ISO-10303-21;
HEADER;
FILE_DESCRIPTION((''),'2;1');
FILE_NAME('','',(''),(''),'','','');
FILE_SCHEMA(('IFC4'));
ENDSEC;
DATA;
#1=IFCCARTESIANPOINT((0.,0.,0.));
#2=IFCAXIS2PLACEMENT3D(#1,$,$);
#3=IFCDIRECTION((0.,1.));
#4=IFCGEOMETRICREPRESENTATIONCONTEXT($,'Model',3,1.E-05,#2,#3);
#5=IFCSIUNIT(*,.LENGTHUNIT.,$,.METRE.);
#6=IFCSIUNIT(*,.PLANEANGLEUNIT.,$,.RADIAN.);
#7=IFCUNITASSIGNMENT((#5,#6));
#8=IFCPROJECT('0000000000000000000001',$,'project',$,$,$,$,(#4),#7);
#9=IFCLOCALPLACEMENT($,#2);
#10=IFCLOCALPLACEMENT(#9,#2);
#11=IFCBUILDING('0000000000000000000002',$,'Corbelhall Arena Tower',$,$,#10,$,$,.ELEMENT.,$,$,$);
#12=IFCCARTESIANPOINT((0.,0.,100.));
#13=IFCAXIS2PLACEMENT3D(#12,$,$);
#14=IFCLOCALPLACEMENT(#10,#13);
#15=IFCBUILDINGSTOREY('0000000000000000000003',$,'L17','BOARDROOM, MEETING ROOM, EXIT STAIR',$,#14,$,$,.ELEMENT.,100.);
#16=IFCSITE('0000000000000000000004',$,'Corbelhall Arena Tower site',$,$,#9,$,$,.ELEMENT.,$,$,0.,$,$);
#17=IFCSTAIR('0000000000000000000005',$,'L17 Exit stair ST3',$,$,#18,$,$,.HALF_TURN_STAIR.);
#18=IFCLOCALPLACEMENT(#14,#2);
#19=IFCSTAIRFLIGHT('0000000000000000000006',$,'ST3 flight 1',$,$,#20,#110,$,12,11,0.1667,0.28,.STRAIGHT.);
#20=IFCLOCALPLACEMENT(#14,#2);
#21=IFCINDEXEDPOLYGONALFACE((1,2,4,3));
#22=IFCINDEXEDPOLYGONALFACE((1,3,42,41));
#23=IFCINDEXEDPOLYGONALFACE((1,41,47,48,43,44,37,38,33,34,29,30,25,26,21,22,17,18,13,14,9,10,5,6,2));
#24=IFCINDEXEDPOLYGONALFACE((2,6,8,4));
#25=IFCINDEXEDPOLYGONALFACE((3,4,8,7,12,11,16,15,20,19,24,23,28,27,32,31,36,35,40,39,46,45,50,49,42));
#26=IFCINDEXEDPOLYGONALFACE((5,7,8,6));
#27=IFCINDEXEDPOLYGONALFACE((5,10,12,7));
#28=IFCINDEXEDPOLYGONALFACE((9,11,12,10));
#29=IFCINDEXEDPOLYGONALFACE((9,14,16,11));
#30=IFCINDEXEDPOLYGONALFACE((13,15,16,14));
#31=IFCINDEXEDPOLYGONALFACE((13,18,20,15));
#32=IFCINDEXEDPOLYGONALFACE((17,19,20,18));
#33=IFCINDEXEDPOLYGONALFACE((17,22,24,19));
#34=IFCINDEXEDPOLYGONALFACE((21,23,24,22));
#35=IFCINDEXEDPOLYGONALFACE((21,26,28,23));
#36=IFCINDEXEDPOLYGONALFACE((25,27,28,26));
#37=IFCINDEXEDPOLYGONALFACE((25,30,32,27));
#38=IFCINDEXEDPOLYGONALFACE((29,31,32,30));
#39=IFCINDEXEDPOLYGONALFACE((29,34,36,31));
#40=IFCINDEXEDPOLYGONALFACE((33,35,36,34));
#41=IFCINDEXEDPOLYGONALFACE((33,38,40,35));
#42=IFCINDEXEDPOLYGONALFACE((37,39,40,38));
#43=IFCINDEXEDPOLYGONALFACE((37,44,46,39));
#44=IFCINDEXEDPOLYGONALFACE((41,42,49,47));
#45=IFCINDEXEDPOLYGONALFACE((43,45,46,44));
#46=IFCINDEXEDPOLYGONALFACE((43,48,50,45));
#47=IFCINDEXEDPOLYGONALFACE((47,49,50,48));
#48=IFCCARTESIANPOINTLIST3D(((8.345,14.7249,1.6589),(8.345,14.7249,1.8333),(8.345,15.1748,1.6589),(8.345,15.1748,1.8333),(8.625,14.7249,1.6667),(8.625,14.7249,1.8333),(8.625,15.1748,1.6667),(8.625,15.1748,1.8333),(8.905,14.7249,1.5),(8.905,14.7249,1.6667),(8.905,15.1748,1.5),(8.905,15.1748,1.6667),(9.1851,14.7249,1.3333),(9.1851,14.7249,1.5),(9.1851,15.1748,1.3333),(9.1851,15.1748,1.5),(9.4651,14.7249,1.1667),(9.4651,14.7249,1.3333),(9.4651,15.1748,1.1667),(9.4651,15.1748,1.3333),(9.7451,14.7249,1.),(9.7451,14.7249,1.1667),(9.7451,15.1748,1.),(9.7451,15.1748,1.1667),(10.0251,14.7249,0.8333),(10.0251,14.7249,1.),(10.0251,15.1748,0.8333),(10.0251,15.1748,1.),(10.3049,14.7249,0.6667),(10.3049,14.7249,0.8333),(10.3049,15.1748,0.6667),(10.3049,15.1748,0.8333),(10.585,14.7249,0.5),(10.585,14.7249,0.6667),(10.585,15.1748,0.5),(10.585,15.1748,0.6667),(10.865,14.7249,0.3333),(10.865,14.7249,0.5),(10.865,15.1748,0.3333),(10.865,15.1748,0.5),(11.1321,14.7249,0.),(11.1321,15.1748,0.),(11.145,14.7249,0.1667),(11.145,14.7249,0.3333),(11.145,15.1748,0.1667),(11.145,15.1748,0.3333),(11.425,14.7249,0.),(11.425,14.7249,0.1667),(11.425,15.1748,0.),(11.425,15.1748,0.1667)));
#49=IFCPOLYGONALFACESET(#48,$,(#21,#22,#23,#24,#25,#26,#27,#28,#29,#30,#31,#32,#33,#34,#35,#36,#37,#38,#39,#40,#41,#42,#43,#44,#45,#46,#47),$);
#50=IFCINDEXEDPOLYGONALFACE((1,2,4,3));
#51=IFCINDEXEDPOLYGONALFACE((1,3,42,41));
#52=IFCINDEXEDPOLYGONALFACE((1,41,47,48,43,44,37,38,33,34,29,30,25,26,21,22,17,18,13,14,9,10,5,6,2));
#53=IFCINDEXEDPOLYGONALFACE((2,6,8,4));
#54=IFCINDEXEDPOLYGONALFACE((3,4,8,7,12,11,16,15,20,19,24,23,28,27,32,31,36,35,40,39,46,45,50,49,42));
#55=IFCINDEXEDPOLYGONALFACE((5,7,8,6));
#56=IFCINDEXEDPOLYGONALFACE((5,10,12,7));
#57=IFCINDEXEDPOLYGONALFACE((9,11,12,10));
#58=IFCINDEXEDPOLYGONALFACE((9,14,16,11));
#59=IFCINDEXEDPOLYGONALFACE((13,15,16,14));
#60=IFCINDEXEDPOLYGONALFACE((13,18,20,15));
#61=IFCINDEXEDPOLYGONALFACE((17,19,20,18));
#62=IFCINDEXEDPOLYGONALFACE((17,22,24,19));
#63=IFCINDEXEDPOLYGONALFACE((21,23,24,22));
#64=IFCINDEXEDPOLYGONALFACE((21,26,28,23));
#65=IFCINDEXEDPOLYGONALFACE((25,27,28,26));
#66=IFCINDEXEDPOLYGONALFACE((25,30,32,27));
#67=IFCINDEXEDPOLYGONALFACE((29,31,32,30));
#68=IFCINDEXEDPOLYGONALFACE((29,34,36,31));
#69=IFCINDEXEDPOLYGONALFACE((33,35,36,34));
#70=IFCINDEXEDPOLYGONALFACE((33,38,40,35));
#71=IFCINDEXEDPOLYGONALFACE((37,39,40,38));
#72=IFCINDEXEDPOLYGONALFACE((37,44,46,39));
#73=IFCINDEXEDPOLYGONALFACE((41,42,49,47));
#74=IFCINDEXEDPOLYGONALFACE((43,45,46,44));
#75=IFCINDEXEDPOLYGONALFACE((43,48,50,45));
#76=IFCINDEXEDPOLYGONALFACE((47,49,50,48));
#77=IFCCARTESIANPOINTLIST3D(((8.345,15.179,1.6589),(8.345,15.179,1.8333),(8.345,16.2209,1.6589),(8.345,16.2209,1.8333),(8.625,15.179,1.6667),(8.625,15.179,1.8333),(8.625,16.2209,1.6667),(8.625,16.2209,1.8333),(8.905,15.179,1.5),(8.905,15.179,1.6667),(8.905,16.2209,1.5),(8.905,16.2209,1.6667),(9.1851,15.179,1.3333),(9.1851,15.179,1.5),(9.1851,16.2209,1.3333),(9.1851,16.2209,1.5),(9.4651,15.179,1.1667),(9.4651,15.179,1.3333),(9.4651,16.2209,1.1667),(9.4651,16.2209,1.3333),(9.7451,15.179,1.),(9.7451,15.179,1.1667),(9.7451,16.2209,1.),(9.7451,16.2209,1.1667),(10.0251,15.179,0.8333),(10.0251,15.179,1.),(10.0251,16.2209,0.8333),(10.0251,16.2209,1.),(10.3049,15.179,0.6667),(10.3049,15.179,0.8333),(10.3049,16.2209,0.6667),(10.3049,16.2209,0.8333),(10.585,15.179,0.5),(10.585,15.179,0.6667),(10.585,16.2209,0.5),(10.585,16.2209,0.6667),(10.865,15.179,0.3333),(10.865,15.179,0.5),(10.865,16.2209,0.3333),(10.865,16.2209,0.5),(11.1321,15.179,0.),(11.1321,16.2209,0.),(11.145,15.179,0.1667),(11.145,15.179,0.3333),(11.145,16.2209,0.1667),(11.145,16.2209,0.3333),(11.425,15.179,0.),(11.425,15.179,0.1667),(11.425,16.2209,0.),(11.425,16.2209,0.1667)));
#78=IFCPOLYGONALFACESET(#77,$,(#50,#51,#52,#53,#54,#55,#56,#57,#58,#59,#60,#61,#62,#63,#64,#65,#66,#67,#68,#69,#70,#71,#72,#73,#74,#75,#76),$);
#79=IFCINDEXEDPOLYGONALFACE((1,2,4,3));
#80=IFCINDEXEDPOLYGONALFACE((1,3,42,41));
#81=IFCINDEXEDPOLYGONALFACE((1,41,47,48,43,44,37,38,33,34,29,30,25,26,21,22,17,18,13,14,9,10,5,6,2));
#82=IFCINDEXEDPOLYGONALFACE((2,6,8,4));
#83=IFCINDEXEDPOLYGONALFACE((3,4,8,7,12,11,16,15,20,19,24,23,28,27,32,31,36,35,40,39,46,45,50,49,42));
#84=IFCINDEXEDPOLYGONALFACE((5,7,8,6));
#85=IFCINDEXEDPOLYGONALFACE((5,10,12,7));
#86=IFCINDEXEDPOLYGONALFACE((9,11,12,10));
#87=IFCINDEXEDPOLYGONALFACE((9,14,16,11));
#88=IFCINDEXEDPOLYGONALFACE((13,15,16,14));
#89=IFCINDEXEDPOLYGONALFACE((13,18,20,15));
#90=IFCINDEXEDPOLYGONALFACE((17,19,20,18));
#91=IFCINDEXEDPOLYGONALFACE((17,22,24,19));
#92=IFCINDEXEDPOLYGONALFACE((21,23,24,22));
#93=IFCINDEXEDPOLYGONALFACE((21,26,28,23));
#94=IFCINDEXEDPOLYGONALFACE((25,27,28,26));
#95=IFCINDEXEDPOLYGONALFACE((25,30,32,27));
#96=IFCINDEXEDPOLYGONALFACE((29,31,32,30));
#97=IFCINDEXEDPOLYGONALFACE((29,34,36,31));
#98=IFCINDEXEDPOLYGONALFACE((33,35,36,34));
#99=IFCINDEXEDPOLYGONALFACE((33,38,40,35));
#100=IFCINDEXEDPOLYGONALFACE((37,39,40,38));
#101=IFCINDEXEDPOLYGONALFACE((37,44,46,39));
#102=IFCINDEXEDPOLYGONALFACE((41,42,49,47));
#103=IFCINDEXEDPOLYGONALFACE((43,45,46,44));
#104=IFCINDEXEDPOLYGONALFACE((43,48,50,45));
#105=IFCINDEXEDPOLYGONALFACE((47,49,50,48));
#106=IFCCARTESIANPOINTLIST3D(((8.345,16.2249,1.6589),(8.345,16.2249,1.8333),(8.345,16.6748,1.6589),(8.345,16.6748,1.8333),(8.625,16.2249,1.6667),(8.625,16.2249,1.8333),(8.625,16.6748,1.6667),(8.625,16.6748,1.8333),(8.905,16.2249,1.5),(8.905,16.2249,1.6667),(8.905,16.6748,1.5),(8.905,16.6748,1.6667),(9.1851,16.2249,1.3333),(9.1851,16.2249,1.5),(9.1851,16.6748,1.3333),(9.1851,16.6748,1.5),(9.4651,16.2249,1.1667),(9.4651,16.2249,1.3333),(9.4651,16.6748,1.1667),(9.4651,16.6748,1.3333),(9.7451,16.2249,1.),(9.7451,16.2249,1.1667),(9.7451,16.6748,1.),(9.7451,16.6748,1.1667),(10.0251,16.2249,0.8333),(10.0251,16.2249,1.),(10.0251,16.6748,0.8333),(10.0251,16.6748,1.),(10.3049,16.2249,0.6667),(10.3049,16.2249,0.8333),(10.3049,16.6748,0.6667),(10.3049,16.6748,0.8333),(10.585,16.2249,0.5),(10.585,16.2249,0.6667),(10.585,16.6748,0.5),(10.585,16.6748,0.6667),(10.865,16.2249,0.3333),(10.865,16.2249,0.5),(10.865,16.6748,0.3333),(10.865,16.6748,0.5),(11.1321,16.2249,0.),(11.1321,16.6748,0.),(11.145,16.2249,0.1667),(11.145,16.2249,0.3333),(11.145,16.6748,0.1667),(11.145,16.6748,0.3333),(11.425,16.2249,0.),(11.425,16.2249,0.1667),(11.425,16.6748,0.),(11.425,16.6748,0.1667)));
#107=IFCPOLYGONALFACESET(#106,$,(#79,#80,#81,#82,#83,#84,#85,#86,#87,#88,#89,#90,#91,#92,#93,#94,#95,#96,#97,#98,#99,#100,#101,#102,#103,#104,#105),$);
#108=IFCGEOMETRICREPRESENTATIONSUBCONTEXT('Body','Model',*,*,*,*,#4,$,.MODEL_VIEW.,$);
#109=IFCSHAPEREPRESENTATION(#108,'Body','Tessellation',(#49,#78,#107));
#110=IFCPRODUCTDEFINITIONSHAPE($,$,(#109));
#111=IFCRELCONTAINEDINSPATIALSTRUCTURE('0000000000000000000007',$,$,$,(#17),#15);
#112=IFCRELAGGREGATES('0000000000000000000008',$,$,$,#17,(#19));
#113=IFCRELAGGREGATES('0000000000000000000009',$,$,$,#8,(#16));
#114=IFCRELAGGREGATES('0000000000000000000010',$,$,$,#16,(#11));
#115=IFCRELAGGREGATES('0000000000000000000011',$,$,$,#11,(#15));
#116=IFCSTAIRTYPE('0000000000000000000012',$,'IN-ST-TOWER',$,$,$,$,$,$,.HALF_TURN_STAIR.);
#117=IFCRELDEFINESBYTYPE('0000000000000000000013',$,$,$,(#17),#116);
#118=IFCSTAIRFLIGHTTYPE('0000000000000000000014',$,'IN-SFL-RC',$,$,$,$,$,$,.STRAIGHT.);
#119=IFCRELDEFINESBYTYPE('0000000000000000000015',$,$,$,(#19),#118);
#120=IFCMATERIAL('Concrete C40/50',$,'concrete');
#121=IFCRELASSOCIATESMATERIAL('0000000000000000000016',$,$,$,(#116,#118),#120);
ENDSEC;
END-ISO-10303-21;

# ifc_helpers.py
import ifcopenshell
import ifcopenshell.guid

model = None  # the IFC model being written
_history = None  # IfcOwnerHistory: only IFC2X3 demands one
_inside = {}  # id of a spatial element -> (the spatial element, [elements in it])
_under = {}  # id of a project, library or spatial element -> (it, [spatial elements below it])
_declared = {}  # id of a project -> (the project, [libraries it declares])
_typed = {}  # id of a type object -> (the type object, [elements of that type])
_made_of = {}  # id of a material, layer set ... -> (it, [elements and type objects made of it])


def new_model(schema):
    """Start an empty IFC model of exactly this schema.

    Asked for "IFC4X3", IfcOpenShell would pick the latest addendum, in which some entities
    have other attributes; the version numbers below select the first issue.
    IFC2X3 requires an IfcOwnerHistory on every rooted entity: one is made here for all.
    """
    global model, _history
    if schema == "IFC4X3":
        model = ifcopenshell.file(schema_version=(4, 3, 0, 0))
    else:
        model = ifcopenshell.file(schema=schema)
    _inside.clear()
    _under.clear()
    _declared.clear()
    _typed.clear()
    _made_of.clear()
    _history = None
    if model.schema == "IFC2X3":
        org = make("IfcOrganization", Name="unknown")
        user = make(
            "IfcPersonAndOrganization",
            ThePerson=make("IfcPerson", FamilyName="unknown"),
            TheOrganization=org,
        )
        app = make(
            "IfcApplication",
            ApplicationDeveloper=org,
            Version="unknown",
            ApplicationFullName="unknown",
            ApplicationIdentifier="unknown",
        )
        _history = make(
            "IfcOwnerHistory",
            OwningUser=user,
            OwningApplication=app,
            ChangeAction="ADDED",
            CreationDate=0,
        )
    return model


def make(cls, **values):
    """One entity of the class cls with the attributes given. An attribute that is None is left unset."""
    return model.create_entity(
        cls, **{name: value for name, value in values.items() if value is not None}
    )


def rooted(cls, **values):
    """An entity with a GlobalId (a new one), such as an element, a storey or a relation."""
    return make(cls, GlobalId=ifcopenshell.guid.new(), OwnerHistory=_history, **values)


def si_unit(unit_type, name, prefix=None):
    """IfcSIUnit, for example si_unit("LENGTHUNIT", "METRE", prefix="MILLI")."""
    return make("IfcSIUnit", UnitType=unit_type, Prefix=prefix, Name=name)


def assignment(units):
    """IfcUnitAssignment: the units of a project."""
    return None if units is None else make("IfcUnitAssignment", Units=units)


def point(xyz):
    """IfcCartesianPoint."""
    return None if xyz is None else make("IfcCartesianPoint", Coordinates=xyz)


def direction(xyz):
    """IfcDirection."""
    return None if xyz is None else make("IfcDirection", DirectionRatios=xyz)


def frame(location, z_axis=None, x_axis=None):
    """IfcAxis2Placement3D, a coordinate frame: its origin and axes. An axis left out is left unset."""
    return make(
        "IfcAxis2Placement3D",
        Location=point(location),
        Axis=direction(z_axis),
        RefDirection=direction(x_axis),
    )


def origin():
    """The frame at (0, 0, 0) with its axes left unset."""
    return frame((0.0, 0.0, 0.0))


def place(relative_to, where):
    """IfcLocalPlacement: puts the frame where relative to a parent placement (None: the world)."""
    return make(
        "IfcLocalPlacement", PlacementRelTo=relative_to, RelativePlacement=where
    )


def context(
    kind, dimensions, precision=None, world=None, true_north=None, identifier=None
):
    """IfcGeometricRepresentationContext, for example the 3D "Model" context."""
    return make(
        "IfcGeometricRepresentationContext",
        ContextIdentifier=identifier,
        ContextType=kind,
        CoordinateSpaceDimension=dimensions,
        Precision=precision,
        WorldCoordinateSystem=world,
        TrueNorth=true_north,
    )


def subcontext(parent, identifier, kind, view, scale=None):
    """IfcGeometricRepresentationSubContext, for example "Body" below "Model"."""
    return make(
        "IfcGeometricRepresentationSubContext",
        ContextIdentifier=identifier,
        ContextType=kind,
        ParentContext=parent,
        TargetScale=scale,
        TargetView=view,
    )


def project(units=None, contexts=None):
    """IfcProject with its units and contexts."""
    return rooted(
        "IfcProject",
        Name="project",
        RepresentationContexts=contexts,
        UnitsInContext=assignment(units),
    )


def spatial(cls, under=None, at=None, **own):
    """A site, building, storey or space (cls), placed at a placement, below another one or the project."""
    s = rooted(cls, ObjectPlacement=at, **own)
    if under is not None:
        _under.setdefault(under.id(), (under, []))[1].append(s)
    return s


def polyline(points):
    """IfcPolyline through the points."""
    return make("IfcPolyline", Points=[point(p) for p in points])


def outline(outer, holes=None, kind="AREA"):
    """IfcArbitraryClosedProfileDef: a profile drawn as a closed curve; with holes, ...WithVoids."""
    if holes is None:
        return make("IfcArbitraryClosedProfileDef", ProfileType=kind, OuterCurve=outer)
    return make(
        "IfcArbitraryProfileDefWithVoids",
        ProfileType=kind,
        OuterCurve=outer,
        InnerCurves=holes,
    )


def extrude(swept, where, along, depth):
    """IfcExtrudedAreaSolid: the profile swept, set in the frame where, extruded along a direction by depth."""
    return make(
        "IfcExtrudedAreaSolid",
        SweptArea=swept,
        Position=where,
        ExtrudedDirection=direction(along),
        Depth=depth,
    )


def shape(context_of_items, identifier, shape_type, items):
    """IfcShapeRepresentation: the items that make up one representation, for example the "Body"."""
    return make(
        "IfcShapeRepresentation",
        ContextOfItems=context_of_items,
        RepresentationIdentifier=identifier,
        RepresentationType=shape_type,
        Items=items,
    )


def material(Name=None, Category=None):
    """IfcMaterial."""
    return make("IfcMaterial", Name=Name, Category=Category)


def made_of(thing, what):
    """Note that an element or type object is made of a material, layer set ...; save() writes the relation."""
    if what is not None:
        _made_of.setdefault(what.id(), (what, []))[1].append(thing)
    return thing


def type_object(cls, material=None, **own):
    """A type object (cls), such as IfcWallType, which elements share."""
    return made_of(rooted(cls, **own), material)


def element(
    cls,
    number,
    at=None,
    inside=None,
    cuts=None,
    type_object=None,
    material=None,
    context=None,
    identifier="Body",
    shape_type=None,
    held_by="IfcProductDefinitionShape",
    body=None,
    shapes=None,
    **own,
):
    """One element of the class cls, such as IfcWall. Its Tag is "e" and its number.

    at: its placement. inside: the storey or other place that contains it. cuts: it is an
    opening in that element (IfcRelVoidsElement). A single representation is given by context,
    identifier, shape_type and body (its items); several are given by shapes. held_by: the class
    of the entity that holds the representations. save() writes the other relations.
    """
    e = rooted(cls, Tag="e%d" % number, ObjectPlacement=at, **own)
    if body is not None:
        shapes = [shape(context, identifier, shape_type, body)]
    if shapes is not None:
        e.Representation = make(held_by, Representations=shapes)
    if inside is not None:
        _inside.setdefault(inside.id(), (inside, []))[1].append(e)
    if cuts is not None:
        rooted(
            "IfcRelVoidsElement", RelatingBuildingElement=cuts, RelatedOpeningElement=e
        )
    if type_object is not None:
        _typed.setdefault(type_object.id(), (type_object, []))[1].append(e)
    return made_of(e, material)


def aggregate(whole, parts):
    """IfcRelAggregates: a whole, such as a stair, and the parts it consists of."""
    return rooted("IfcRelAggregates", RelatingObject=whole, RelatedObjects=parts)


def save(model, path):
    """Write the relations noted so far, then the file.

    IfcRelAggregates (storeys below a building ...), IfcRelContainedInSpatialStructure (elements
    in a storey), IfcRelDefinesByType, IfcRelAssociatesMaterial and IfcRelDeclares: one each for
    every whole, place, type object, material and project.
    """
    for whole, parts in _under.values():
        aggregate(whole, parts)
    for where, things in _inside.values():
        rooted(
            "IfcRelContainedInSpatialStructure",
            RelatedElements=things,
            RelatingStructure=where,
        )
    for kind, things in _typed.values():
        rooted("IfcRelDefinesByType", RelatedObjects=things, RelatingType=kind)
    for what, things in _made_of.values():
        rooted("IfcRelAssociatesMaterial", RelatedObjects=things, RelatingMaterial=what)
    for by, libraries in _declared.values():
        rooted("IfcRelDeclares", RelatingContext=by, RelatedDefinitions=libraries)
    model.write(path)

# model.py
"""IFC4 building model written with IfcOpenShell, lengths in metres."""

from ifc_helpers import new_model, si_unit, direction, frame, origin, place, context, subcontext, project, spatial, polyline, outline, extrude, material, type_object, element, aggregate, save


model = new_model("IFC4")

# Units and contexts
model_context = context("Model", 3, precision=1e-05, world=origin(), true_north=direction((0.0, 1.0)))
body_context = subcontext(model_context, "Body", "Model", "MODEL_VIEW")
ifc_project = project(units=[si_unit("LENGTHUNIT", "METRE"), si_unit("PLANEANGLEUNIT", "RADIAN")], contexts=[model_context])

# Site, building, storey
site_placement = place(None, origin())
site = spatial("IfcSite", under=ifc_project, at=site_placement, Name="Corbelhall Arena Tower site", CompositionType="ELEMENT", RefElevation=0.0)
building_placement = place(site_placement, origin())
building = spatial("IfcBuilding", under=site, at=building_placement, Name="Corbelhall Arena Tower", CompositionType="ELEMENT")
storey_placement = place(building_placement, frame((0.0, 0.0, 100.0)))
storey = spatial("IfcBuildingStorey", under=building, at=storey_placement, Name="L17", Description="BOARDROOM, MEETING ROOM, EXIT STAIR", CompositionType="ELEMENT", Elevation=100.0)

# Shared definitions
ifc_material_1 = material(Name="Concrete C40/50", Category="concrete")

# Stair, stair flight
stair_type = type_object("IfcStairType", Name="IN-ST-TOWER", PredefinedType="HALF_TURN_STAIR", material=ifc_material_1)
stair_placement = place(storey_placement, origin())
stair = element("IfcStair", 1, at=stair_placement, inside=storey, type_object=stair_type, Name="L17 Exit stair ST3", PredefinedType="HALF_TURN_STAIR")
stair_flight_type = type_object("IfcStairFlightType", Name="IN-SFL-RC", PredefinedType="STRAIGHT", material=ifc_material_1)
stair_flight_1_placement = place(storey_placement, frame((11.425, 15.7, 0.0), z_axis=(0.0, 0.0, 1.0), x_axis=(-1.0, 0.0, 0.0)))
stair_flight_1 = element("IfcStairFlight", 2, at=stair_flight_1_placement, type_object=stair_flight_type, Name="ST3 flight 1", NumberOfRisers=12, NumberOfTreads=11, PredefinedType="STRAIGHT", RiserHeight=0.1667, TreadLength=0.28, context=body_context, shape_type="SweptSolid", body=[
    extrude(outline(polyline([(0.0, 0.0), (0.0, 0.1667), (0.28, 0.1667), (0.28, 0.3333), (0.5601, 0.3333), (0.5601, 0.5), (0.8401, 0.5), (0.8401, 0.6667), (1.1201, 0.6667), (1.1201, 0.8333), (1.3999, 0.8333), (1.3999, 1.0), (1.6799, 1.0), (1.6799, 1.1667), (1.96, 1.1667), (1.96, 1.3333), (2.24, 1.3333), (2.24, 1.5), (2.52, 1.5), (2.52, 1.6667), (2.8, 1.6667), (2.8, 1.8333), (3.0801, 1.8333), (3.0801, 2.0), (3.0801, 1.6589), (0.293, 0.0), (0.0, 0.0)])), frame((0.0, 0.9751, 0.0), z_axis=(0.0, -1.0, 0.0), x_axis=(1.0, 0.0, 0.0)), (0.0, 0.0, 1.0), 0.45),
    extrude(outline(polyline([(0.0, 0.0), (0.0, 0.1667), (0.28, 0.1667), (0.28, 0.3333), (0.5601, 0.3333), (0.5601, 0.5), (0.8401, 0.5), (0.8401, 0.6667), (1.1201, 0.6667), (1.1201, 0.8333), (1.3999, 0.8333), (1.3999, 1.0), (1.6799, 1.0), (1.6799, 1.1667), (1.96, 1.1667), (1.96, 1.3333), (2.24, 1.3333), (2.24, 1.5), (2.52, 1.5), (2.52, 1.6667), (2.8, 1.6667), (2.8, 1.8333), (3.0801, 1.8333), (3.0801, 2.0), (3.0801, 1.6589), (0.293, 0.0), (0.0, 0.0)])), frame((0.0, 0.521, 0.0), z_axis=(0.0, -1.0, 0.0), x_axis=(1.0, 0.0, 0.0)), (0.0, 0.0, 1.0), 1.042),
    extrude(outline(polyline([(0.0, 0.0), (0.0, 0.1667), (0.28, 0.1667), (0.28, 0.3333), (0.5601, 0.3333), (0.5601, 0.5), (0.8401, 0.5), (0.8401, 0.6667), (1.1201, 0.6667), (1.1201, 0.8333), (1.3999, 0.8333), (1.3999, 1.0), (1.6799, 1.0), (1.6799, 1.1667), (1.96, 1.1667), (1.96, 1.3333), (2.24, 1.3333), (2.24, 1.5), (2.52, 1.5), (2.52, 1.6667), (2.8, 1.6667), (2.8, 1.8333), (3.0801, 1.8333), (3.0801, 2.0), (3.0801, 1.6589), (0.293, 0.0), (0.0, 0.0)])), frame((0.0, -0.5249, 0.0), z_axis=(0.0, -1.0, 0.0), x_axis=(1.0, 0.0, 0.0)), (0.0, 0.0, 1.0), 0.45),
])
aggregate(stair, [stair_flight_1])

save(model, "model.ifc")
